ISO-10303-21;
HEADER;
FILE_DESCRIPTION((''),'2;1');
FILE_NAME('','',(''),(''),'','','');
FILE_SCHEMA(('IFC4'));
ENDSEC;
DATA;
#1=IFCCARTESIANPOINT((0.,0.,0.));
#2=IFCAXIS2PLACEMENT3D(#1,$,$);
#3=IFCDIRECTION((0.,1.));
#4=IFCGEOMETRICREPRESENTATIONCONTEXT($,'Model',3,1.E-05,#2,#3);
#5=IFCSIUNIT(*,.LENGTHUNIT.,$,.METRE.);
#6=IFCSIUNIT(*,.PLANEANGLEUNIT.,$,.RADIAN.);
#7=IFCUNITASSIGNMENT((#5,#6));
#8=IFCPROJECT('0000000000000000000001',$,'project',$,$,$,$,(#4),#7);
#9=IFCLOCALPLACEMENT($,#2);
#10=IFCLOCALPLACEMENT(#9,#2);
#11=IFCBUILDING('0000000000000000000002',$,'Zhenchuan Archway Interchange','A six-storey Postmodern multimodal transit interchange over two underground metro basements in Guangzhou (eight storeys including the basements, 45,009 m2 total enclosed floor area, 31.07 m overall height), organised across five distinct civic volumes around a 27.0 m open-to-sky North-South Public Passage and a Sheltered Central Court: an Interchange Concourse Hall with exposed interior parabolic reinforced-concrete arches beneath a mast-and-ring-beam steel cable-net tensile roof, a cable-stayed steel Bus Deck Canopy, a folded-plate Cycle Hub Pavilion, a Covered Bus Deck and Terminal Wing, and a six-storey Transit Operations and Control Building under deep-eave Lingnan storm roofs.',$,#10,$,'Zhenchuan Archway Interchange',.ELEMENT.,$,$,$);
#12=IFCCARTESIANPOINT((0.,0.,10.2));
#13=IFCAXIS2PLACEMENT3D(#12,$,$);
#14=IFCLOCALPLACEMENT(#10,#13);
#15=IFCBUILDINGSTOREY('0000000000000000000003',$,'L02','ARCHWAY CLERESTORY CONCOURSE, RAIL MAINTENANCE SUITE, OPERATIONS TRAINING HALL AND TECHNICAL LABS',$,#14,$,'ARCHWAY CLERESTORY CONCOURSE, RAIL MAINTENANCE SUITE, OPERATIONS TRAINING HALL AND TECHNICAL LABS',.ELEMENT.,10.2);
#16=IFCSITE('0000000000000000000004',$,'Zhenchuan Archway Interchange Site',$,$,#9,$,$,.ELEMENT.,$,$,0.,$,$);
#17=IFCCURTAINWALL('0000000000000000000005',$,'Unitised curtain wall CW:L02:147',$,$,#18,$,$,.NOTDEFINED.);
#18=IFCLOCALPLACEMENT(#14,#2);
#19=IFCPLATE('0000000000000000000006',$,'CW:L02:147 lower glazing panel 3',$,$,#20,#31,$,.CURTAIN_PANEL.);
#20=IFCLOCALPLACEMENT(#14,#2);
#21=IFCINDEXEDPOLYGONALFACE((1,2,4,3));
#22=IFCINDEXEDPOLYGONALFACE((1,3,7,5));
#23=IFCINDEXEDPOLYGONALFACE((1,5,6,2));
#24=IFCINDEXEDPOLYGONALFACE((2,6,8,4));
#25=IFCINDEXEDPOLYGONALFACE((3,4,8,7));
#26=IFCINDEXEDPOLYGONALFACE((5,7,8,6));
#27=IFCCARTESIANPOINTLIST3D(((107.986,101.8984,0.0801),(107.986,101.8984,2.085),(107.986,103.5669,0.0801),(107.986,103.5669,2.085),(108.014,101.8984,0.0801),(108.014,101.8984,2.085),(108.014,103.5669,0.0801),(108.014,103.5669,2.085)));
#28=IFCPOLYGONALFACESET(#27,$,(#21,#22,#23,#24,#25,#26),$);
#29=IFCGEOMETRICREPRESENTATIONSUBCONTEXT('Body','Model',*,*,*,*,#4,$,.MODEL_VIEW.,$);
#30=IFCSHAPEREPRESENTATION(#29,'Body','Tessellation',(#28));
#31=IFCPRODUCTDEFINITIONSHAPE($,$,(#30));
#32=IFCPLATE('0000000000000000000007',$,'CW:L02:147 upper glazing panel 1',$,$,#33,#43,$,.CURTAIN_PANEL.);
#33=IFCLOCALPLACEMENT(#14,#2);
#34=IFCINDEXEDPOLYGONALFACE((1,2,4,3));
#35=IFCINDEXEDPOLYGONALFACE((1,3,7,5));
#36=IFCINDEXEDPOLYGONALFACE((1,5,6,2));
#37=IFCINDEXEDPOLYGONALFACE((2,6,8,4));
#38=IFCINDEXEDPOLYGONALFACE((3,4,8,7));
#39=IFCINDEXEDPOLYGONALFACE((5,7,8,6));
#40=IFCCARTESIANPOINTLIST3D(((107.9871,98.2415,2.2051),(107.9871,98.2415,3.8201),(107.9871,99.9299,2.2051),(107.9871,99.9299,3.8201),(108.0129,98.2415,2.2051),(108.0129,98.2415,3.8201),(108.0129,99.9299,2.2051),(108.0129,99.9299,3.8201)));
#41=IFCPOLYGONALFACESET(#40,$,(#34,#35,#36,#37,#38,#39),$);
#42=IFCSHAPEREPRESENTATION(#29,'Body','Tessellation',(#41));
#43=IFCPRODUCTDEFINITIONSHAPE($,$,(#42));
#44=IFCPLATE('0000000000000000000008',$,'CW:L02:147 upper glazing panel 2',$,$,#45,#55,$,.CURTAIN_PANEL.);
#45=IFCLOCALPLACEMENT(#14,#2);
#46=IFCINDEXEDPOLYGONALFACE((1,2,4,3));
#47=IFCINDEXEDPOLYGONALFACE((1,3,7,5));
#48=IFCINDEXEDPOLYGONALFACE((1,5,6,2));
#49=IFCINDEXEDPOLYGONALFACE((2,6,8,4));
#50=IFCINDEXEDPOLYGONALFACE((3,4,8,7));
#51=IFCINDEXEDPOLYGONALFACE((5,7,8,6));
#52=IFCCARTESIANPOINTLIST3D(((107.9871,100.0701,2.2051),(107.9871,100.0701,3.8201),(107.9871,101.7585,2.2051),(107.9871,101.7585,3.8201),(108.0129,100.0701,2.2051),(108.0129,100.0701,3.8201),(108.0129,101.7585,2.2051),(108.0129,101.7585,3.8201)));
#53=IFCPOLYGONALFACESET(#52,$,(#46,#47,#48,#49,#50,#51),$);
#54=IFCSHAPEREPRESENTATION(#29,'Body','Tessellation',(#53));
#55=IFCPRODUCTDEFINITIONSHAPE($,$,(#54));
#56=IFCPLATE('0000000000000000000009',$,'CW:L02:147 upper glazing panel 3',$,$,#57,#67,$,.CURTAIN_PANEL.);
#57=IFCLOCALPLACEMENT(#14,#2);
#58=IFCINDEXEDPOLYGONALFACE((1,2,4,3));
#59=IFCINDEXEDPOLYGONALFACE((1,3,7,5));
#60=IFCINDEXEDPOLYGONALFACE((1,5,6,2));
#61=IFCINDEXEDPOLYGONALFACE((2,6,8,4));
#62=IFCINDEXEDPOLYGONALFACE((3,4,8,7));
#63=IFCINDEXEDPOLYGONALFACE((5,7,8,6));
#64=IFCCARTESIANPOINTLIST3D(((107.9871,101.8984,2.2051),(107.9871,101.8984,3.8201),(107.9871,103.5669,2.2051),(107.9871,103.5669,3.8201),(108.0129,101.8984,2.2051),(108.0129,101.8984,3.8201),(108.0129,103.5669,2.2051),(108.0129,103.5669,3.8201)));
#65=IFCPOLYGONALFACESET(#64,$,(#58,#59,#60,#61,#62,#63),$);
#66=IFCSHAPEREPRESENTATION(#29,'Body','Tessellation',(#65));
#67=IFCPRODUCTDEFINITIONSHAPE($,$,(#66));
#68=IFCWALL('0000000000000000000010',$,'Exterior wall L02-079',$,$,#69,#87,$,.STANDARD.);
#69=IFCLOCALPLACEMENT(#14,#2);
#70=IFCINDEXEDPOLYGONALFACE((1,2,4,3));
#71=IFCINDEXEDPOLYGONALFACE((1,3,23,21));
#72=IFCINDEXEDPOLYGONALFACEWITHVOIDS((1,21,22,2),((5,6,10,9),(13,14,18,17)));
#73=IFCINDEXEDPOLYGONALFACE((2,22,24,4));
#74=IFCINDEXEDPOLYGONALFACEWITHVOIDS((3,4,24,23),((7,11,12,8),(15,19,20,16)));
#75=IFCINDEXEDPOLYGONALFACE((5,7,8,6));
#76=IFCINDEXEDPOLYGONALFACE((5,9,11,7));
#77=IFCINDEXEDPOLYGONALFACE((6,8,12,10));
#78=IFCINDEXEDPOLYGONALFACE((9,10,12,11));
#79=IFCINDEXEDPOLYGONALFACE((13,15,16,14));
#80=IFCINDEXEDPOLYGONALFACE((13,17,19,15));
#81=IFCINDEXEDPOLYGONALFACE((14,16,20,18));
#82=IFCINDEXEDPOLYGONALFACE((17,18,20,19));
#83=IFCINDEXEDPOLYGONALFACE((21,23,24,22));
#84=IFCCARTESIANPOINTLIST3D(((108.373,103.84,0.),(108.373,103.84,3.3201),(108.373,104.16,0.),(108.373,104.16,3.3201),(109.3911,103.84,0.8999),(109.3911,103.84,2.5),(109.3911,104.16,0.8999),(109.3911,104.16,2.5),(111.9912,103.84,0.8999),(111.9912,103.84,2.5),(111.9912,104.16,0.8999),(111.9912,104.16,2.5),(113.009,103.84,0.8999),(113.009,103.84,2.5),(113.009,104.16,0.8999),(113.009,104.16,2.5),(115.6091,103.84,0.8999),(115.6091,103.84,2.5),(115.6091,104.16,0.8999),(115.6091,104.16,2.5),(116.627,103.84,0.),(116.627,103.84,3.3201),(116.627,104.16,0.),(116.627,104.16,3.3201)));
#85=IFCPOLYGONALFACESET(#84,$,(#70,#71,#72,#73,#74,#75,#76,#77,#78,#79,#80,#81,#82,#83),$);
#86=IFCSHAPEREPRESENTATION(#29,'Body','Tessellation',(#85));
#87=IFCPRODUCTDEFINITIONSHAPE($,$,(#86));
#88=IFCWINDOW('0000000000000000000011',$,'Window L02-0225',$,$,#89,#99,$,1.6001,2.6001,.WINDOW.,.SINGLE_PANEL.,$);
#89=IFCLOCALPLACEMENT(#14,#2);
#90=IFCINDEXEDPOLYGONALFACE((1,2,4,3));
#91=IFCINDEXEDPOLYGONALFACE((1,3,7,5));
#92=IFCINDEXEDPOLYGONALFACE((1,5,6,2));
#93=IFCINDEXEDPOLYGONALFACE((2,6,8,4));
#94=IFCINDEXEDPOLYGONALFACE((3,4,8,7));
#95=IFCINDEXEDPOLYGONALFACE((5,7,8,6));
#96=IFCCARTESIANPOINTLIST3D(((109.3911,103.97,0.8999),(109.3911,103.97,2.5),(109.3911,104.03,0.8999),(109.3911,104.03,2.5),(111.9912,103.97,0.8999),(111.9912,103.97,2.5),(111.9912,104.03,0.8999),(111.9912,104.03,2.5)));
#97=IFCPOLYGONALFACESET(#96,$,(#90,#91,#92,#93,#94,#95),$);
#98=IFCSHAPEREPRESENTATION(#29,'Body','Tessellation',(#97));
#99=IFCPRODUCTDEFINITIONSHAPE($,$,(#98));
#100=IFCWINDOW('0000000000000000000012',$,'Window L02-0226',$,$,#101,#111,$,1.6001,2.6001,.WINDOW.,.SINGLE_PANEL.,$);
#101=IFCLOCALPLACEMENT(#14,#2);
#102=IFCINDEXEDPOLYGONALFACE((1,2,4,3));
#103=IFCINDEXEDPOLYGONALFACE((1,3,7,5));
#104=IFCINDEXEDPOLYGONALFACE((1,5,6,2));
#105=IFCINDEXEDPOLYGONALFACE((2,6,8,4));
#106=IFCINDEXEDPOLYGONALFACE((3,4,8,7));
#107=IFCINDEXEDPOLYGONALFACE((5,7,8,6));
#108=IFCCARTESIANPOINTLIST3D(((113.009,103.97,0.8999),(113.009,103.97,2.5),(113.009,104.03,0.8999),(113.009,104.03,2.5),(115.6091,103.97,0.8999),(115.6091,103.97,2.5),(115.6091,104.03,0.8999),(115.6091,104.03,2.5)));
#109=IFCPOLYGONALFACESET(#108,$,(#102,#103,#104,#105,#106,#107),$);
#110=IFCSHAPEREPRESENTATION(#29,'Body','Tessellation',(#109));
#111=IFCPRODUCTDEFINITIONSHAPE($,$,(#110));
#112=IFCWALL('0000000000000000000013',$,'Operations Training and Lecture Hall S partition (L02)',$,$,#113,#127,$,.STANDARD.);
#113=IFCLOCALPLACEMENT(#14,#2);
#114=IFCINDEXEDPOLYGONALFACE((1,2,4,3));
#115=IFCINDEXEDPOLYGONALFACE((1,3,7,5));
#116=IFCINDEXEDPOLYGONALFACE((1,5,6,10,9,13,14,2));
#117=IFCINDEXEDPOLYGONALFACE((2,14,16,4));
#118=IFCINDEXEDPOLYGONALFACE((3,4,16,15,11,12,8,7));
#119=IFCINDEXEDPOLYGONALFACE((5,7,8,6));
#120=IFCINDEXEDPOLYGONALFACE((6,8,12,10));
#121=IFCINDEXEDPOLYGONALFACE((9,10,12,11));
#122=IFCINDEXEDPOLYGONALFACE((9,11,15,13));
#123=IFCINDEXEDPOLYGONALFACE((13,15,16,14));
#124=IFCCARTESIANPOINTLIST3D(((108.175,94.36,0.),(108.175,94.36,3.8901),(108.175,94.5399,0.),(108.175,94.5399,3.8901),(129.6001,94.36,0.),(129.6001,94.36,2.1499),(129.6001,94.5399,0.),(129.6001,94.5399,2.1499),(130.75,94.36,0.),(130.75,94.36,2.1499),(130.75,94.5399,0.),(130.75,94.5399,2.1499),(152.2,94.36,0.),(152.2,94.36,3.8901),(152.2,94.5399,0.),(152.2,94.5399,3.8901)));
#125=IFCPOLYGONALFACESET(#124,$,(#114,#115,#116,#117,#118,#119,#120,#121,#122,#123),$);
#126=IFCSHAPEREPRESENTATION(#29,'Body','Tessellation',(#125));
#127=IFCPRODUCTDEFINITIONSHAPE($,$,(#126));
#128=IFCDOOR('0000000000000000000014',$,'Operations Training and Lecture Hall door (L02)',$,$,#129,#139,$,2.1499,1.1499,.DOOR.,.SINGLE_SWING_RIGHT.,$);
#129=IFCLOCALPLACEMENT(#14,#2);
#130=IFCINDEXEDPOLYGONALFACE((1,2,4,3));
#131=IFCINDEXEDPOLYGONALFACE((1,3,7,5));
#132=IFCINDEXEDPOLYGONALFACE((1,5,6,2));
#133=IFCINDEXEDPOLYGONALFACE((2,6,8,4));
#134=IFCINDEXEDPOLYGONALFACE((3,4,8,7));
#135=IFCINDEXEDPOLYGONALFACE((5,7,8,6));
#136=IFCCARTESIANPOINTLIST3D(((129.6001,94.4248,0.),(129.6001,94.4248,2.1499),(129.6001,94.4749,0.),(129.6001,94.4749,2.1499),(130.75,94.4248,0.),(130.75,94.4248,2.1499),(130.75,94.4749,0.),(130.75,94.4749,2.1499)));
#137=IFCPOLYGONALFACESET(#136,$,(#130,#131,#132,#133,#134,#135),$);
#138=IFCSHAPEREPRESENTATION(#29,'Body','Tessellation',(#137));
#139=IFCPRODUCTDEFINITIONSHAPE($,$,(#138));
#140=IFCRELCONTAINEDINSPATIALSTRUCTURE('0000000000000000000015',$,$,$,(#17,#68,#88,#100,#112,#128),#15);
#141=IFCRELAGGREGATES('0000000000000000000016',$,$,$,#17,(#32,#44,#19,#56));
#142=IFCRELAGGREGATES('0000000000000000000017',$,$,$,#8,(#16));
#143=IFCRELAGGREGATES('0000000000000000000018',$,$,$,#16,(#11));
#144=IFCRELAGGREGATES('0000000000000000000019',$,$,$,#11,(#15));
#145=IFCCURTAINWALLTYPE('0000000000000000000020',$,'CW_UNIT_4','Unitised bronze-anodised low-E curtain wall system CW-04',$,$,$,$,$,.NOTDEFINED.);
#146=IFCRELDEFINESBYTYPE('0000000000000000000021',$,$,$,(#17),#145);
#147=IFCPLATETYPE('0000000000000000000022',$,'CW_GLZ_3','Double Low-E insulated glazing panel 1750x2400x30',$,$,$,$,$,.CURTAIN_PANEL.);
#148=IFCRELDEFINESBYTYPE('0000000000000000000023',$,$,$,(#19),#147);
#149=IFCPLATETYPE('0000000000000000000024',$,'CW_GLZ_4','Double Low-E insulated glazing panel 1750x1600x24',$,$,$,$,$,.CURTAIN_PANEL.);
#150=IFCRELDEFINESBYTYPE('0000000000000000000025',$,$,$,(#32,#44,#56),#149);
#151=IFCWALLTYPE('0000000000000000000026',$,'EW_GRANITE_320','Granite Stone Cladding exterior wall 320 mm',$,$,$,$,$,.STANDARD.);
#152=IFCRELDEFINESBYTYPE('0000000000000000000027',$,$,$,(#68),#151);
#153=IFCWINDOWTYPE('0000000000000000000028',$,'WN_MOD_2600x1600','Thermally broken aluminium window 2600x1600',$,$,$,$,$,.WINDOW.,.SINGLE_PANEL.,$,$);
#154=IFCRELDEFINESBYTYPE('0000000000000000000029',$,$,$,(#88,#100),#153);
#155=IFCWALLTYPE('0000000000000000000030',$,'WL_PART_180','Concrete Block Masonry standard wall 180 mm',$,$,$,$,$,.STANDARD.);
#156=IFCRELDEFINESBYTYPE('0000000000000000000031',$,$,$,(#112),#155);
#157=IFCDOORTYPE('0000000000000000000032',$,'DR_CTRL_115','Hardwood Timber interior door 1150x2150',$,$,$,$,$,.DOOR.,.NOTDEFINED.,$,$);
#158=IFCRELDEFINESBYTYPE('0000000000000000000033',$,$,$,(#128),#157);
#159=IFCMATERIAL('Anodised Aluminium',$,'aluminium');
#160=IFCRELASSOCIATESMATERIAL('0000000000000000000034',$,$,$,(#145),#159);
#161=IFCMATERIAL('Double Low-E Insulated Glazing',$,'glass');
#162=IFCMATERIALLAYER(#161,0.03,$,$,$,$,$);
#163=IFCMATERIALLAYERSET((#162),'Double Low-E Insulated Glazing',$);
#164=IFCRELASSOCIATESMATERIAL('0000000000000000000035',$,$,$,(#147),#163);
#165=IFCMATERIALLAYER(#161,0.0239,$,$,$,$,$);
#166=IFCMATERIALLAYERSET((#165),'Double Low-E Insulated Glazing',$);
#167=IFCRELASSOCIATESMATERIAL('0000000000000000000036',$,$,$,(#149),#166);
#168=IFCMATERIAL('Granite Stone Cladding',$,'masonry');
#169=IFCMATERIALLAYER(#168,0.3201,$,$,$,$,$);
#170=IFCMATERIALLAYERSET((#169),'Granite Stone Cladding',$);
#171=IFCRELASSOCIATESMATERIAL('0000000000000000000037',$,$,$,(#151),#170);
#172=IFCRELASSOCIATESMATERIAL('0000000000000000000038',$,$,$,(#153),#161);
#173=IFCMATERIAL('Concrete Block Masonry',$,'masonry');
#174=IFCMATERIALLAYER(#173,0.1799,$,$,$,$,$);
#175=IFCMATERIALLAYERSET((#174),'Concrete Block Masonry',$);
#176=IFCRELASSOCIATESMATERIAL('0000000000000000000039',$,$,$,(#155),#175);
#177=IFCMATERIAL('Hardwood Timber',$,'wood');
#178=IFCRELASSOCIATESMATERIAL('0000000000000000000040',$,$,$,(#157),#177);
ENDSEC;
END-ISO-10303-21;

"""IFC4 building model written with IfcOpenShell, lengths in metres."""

from ifc_helpers import new_model, si_unit, direction, frame, frame_2d, origin, origin_2d, place, context, subcontext, project, spatial, rectangle, extrude, material, layer, layer_set, type_object, element, fill, aggregate, save


model = new_model("IFC4")

# Units and contexts
model_context = context("Model", 3, precision=1e-05, world=origin(), true_north=direction((0.0, 1.0)))
body_context = subcontext(model_context, "Body", "Model", "MODEL_VIEW")
ifc_project = project(units=[si_unit("LENGTHUNIT", "METRE"), si_unit("PLANEANGLEUNIT", "RADIAN")], contexts=[model_context])

# Site, building, storey
site_placement = place(None, origin())
site = spatial("IfcSite", under=ifc_project, at=site_placement, Name="Zhenchuan Archway Interchange Site", CompositionType="ELEMENT", RefElevation=0.0)
building_placement = place(site_placement, origin())
building = spatial("IfcBuilding", under=site, at=building_placement, Name="Zhenchuan Archway Interchange", Description="A six-storey Postmodern multimodal transit interchange over two underground metro basements in Guangzhou (eight storeys including the basements, 45,009 m2 total enclosed floor area, 31.07 m overall height), organised across five distinct civic volumes around a 27.0 m open-to-sky North-South Public Passage and a Sheltered Central Court: an Interchange Concourse Hall with exposed interior parabolic reinforced-concrete arches beneath a mast-and-ring-beam steel cable-net tensile roof, a cable-stayed steel Bus Deck Canopy, a folded-plate Cycle Hub Pavilion, a Covered Bus Deck and Terminal Wing, and a six-storey Transit Operations and Control Building under deep-eave Lingnan storm roofs.", LongName="Zhenchuan Archway Interchange", CompositionType="ELEMENT")
storey_placement = place(building_placement, frame((0.0, 0.0, 10.2)))
storey = spatial("IfcBuildingStorey", under=building, at=storey_placement, Name="L02", Description="ARCHWAY CLERESTORY CONCOURSE, RAIL MAINTENANCE SUITE, OPERATIONS TRAINING HALL AND TECHNICAL LABS", LongName="ARCHWAY CLERESTORY CONCOURSE, RAIL MAINTENANCE SUITE, OPERATIONS TRAINING HALL AND TECHNICAL LABS", CompositionType="ELEMENT", Elevation=10.2)

# Curtain wall
ifc_material_1 = material(Name="Anodised Aluminium", Category="aluminium")
curtain_wall_type = type_object("IfcCurtainWallType", Name="CW_UNIT_4", Description="Unitised bronze-anodised low-E curtain wall system CW-04", PredefinedType="NOTDEFINED", material=ifc_material_1)
curtain_wall_placement = place(storey_placement, origin())
curtain_wall = element("IfcCurtainWall", 1, at=curtain_wall_placement, inside=storey, type_object=curtain_wall_type, Name="Unitised curtain wall CW:L02:147", PredefinedType="NOTDEFINED")

# Plates
ifc_material_2 = material(Name="Double Low-E Insulated Glazing", Category="glass")
ifc_layer_1 = layer(ifc_material_2, 0.03)
ifc_layer_set_1 = layer_set([ifc_layer_1], Name="Double Low-E Insulated Glazing")
plate_type_1 = type_object("IfcPlateType", Name="CW_GLZ_3", Description="Double Low-E insulated glazing panel 1750x2400x30", PredefinedType="CURTAIN_PANEL", material=ifc_layer_set_1)
plate_1_placement = place(storey_placement, frame((108.0, 102.7327, 0.0801), z_axis=(0.0, 0.0, 1.0), x_axis=(0.0, 1.0, 0.0)))
plate_1 = element("IfcPlate", 2, at=plate_1_placement, type_object=plate_type_1, Name="CW:L02:147 lower glazing panel 3", PredefinedType="CURTAIN_PANEL", context=body_context, shape_type="SweptSolid", body=[
    extrude(rectangle(XDim=1.6685, YDim=0.0281, at=origin_2d()), origin(), (0.0, 0.0, 1.0), 2.0049),
])
ifc_layer_2 = layer(ifc_material_2, 0.0239)
ifc_layer_set_2 = layer_set([ifc_layer_2], Name="Double Low-E Insulated Glazing")
plate_type_2 = type_object("IfcPlateType", Name="CW_GLZ_4", Description="Double Low-E insulated glazing panel 1750x1600x24", PredefinedType="CURTAIN_PANEL", material=ifc_layer_set_2)
plate_2_placement = place(storey_placement, frame((108.0, 99.0857, 2.2051), z_axis=(0.0, 0.0, 1.0), x_axis=(0.0, 1.0, 0.0)))
plate_2 = element("IfcPlate", 3, at=plate_2_placement, type_object=plate_type_2, Name="CW:L02:147 upper glazing panel 1", PredefinedType="CURTAIN_PANEL", context=body_context, shape_type="SweptSolid", body=[
    extrude(rectangle(XDim=1.6885, YDim=0.0259, at=origin_2d()), origin(), (0.0, 0.0, 1.0), 1.615),
])
plate_3_placement = place(storey_placement, frame((108.0, 100.9143, 2.2051), z_axis=(0.0, 0.0, 1.0), x_axis=(0.0, 1.0, 0.0)))
plate_3 = element("IfcPlate", 4, at=plate_3_placement, type_object=plate_type_2, Name="CW:L02:147 upper glazing panel 2", PredefinedType="CURTAIN_PANEL", context=body_context, shape_type="SweptSolid", body=[
    extrude(rectangle(XDim=1.6885, YDim=0.0259, at=origin_2d()), origin(), (0.0, 0.0, 1.0), 1.615),
])
plate_4_placement = place(storey_placement, frame((108.0, 102.7327, 2.2051), z_axis=(0.0, 0.0, 1.0), x_axis=(0.0, 1.0, 0.0)))
plate_4 = element("IfcPlate", 5, at=plate_4_placement, type_object=plate_type_2, Name="CW:L02:147 upper glazing panel 3", PredefinedType="CURTAIN_PANEL", context=body_context, shape_type="SweptSolid", body=[
    extrude(rectangle(XDim=1.6685, YDim=0.0259, at=origin_2d()), origin(), (0.0, 0.0, 1.0), 1.615),
])
aggregate(curtain_wall, [plate_2, plate_3, plate_1, plate_4])

# Wall, openings, windows
ifc_material_3 = material(Name="Granite Stone Cladding", Category="masonry")
ifc_layer_3 = layer(ifc_material_3, 0.3201)
ifc_layer_set_3 = layer_set([ifc_layer_3], Name="Granite Stone Cladding")
wall_type_1 = type_object("IfcWallType", Name="EW_GRANITE_320", Description="Granite Stone Cladding exterior wall 320 mm", PredefinedType="STANDARD", material=ifc_layer_set_3)
wall_1_placement = place(storey_placement, frame((108.373, 104.0, 0.0), z_axis=(0.0, 0.0, 1.0), x_axis=(1.0, 0.0, 0.0)))
wall_1 = element("IfcWall", 6, at=wall_1_placement, inside=storey, type_object=wall_type_1, Name="Exterior wall L02-079", PredefinedType="STANDARD", context=body_context, shape_type="SweptSolid", body=[
    extrude(rectangle(XDim=8.2539, YDim=0.3201, at=frame_2d((4.127, 0.0))), origin(), (0.0, 0.0, 1.0), 3.3201),
])
opening_1_placement = place(wall_1_placement, frame((1.0181, 0.0, 0.8999)))
opening_1 = element("IfcOpeningElement", 7, at=opening_1_placement, cuts=wall_1, PredefinedType="OPENING", context=body_context, shape_type="SweptSolid", body=[
    extrude(rectangle(XDim=2.6001, YDim=1.6001, at=frame_2d((1.3, 0.8))), frame((0.0, 0.1719, 0.0), z_axis=(0.0, -1.0, 0.0), x_axis=(1.0, 0.0, 0.0)), (0.0, 0.0, 1.0), 0.344),
])
opening_2_placement = place(wall_1_placement, frame((4.636, 0.0, 0.8999)))
opening_2 = element("IfcOpeningElement", 8, at=opening_2_placement, cuts=wall_1, PredefinedType="OPENING", context=body_context, shape_type="SweptSolid", body=[
    extrude(rectangle(XDim=2.6001, YDim=1.6001, at=frame_2d((1.3, 0.8))), frame((0.0, 0.1719, 0.0), z_axis=(0.0, -1.0, 0.0), x_axis=(1.0, 0.0, 0.0)), (0.0, 0.0, 1.0), 0.344),
])
window_type = type_object("IfcWindowType", Name="WN_MOD_2600x1600", Description="Thermally broken aluminium window 2600x1600", PartitioningType="SINGLE_PANEL", PredefinedType="WINDOW", material=ifc_material_2)
window_1_placement = place(opening_1_placement, origin())
window_1 = element("IfcWindow", 9, at=window_1_placement, inside=storey, type_object=window_type, Name="Window L02-0225", OverallHeight=1.6001, OverallWidth=2.6001, PartitioningType="SINGLE_PANEL", PredefinedType="WINDOW", context=body_context, shape_type="SweptSolid", body=[
    extrude(rectangle(XDim=2.6001, YDim=1.6001, at=frame_2d((1.3, 0.8))), frame((0.0, 0.03, 0.0), z_axis=(0.0, -1.0, 0.0), x_axis=(1.0, 0.0, 0.0)), (0.0, 0.0, 1.0), 0.0601),
])
fill(opening_1, window_1)
window_2_placement = place(opening_2_placement, origin())
window_2 = element("IfcWindow", 10, at=window_2_placement, inside=storey, type_object=window_type, Name="Window L02-0226", OverallHeight=1.6001, OverallWidth=2.6001, PartitioningType="SINGLE_PANEL", PredefinedType="WINDOW", context=body_context, shape_type="SweptSolid", body=[
    extrude(rectangle(XDim=2.6001, YDim=1.6001, at=frame_2d((1.3, 0.8))), frame((0.0, 0.03, 0.0), z_axis=(0.0, -1.0, 0.0), x_axis=(1.0, 0.0, 0.0)), (0.0, 0.0, 1.0), 0.0601),
])
fill(opening_2, window_2)

# Wall, opening, door
ifc_material_4 = material(Name="Concrete Block Masonry", Category="masonry")
ifc_layer_4 = layer(ifc_material_4, 0.1799)
ifc_layer_set_4 = layer_set([ifc_layer_4], Name="Concrete Block Masonry")
wall_type_2 = type_object("IfcWallType", Name="WL_PART_180", Description="Concrete Block Masonry standard wall 180 mm", PredefinedType="STANDARD", material=ifc_layer_set_4)
wall_2_placement = place(storey_placement, frame((108.175, 94.45, 0.0), z_axis=(0.0, 0.0, 1.0), x_axis=(1.0, 0.0, 0.0)))
wall_2 = element("IfcWall", 11, at=wall_2_placement, inside=storey, type_object=wall_type_2, Name="Operations Training and Lecture Hall S partition (L02)", PredefinedType="STANDARD", context=body_context, shape_type="SweptSolid", body=[
    extrude(rectangle(XDim=44.0249, YDim=0.1799, at=frame_2d((22.0125, 0.0))), origin(), (0.0, 0.0, 1.0), 3.8901),
])
opening_3_placement = place(wall_2_placement, frame((21.425, 0.0, 0.0)))
opening_3 = element("IfcOpeningElement", 12, at=opening_3_placement, cuts=wall_2, PredefinedType="OPENING", context=body_context, shape_type="SweptSolid", body=[
    extrude(rectangle(XDim=1.1499, YDim=2.1499, at=frame_2d((0.575, 1.075))), frame((0.0, 0.1021, 0.0), z_axis=(0.0, -1.0, 0.0), x_axis=(1.0, 0.0, 0.0)), (0.0, 0.0, 1.0), 0.2039),
])
ifc_material_5 = material(Name="Hardwood Timber", Category="wood")
door_type = type_object("IfcDoorType", Name="DR_CTRL_115", Description="Hardwood Timber interior door 1150x2150", OperationType="NOTDEFINED", PredefinedType="DOOR", material=ifc_material_5)
door_placement = place(opening_3_placement, origin())
door = element("IfcDoor", 13, at=door_placement, inside=storey, type_object=door_type, Name="Operations Training and Lecture Hall door (L02)", OperationType="SINGLE_SWING_RIGHT", OverallHeight=2.1499, OverallWidth=1.1499, PredefinedType="DOOR", context=body_context, shape_type="SweptSolid", body=[
    extrude(rectangle(XDim=1.1499, YDim=2.1499, at=frame_2d((0.575, 1.075))), frame((0.0, 0.0249, 0.0), z_axis=(0.0, -1.0, 0.0), x_axis=(1.0, 0.0, 0.0)), (0.0, 0.0, 1.0), 0.05),
])
fill(opening_3, door)

save(model, "model.ifc")
